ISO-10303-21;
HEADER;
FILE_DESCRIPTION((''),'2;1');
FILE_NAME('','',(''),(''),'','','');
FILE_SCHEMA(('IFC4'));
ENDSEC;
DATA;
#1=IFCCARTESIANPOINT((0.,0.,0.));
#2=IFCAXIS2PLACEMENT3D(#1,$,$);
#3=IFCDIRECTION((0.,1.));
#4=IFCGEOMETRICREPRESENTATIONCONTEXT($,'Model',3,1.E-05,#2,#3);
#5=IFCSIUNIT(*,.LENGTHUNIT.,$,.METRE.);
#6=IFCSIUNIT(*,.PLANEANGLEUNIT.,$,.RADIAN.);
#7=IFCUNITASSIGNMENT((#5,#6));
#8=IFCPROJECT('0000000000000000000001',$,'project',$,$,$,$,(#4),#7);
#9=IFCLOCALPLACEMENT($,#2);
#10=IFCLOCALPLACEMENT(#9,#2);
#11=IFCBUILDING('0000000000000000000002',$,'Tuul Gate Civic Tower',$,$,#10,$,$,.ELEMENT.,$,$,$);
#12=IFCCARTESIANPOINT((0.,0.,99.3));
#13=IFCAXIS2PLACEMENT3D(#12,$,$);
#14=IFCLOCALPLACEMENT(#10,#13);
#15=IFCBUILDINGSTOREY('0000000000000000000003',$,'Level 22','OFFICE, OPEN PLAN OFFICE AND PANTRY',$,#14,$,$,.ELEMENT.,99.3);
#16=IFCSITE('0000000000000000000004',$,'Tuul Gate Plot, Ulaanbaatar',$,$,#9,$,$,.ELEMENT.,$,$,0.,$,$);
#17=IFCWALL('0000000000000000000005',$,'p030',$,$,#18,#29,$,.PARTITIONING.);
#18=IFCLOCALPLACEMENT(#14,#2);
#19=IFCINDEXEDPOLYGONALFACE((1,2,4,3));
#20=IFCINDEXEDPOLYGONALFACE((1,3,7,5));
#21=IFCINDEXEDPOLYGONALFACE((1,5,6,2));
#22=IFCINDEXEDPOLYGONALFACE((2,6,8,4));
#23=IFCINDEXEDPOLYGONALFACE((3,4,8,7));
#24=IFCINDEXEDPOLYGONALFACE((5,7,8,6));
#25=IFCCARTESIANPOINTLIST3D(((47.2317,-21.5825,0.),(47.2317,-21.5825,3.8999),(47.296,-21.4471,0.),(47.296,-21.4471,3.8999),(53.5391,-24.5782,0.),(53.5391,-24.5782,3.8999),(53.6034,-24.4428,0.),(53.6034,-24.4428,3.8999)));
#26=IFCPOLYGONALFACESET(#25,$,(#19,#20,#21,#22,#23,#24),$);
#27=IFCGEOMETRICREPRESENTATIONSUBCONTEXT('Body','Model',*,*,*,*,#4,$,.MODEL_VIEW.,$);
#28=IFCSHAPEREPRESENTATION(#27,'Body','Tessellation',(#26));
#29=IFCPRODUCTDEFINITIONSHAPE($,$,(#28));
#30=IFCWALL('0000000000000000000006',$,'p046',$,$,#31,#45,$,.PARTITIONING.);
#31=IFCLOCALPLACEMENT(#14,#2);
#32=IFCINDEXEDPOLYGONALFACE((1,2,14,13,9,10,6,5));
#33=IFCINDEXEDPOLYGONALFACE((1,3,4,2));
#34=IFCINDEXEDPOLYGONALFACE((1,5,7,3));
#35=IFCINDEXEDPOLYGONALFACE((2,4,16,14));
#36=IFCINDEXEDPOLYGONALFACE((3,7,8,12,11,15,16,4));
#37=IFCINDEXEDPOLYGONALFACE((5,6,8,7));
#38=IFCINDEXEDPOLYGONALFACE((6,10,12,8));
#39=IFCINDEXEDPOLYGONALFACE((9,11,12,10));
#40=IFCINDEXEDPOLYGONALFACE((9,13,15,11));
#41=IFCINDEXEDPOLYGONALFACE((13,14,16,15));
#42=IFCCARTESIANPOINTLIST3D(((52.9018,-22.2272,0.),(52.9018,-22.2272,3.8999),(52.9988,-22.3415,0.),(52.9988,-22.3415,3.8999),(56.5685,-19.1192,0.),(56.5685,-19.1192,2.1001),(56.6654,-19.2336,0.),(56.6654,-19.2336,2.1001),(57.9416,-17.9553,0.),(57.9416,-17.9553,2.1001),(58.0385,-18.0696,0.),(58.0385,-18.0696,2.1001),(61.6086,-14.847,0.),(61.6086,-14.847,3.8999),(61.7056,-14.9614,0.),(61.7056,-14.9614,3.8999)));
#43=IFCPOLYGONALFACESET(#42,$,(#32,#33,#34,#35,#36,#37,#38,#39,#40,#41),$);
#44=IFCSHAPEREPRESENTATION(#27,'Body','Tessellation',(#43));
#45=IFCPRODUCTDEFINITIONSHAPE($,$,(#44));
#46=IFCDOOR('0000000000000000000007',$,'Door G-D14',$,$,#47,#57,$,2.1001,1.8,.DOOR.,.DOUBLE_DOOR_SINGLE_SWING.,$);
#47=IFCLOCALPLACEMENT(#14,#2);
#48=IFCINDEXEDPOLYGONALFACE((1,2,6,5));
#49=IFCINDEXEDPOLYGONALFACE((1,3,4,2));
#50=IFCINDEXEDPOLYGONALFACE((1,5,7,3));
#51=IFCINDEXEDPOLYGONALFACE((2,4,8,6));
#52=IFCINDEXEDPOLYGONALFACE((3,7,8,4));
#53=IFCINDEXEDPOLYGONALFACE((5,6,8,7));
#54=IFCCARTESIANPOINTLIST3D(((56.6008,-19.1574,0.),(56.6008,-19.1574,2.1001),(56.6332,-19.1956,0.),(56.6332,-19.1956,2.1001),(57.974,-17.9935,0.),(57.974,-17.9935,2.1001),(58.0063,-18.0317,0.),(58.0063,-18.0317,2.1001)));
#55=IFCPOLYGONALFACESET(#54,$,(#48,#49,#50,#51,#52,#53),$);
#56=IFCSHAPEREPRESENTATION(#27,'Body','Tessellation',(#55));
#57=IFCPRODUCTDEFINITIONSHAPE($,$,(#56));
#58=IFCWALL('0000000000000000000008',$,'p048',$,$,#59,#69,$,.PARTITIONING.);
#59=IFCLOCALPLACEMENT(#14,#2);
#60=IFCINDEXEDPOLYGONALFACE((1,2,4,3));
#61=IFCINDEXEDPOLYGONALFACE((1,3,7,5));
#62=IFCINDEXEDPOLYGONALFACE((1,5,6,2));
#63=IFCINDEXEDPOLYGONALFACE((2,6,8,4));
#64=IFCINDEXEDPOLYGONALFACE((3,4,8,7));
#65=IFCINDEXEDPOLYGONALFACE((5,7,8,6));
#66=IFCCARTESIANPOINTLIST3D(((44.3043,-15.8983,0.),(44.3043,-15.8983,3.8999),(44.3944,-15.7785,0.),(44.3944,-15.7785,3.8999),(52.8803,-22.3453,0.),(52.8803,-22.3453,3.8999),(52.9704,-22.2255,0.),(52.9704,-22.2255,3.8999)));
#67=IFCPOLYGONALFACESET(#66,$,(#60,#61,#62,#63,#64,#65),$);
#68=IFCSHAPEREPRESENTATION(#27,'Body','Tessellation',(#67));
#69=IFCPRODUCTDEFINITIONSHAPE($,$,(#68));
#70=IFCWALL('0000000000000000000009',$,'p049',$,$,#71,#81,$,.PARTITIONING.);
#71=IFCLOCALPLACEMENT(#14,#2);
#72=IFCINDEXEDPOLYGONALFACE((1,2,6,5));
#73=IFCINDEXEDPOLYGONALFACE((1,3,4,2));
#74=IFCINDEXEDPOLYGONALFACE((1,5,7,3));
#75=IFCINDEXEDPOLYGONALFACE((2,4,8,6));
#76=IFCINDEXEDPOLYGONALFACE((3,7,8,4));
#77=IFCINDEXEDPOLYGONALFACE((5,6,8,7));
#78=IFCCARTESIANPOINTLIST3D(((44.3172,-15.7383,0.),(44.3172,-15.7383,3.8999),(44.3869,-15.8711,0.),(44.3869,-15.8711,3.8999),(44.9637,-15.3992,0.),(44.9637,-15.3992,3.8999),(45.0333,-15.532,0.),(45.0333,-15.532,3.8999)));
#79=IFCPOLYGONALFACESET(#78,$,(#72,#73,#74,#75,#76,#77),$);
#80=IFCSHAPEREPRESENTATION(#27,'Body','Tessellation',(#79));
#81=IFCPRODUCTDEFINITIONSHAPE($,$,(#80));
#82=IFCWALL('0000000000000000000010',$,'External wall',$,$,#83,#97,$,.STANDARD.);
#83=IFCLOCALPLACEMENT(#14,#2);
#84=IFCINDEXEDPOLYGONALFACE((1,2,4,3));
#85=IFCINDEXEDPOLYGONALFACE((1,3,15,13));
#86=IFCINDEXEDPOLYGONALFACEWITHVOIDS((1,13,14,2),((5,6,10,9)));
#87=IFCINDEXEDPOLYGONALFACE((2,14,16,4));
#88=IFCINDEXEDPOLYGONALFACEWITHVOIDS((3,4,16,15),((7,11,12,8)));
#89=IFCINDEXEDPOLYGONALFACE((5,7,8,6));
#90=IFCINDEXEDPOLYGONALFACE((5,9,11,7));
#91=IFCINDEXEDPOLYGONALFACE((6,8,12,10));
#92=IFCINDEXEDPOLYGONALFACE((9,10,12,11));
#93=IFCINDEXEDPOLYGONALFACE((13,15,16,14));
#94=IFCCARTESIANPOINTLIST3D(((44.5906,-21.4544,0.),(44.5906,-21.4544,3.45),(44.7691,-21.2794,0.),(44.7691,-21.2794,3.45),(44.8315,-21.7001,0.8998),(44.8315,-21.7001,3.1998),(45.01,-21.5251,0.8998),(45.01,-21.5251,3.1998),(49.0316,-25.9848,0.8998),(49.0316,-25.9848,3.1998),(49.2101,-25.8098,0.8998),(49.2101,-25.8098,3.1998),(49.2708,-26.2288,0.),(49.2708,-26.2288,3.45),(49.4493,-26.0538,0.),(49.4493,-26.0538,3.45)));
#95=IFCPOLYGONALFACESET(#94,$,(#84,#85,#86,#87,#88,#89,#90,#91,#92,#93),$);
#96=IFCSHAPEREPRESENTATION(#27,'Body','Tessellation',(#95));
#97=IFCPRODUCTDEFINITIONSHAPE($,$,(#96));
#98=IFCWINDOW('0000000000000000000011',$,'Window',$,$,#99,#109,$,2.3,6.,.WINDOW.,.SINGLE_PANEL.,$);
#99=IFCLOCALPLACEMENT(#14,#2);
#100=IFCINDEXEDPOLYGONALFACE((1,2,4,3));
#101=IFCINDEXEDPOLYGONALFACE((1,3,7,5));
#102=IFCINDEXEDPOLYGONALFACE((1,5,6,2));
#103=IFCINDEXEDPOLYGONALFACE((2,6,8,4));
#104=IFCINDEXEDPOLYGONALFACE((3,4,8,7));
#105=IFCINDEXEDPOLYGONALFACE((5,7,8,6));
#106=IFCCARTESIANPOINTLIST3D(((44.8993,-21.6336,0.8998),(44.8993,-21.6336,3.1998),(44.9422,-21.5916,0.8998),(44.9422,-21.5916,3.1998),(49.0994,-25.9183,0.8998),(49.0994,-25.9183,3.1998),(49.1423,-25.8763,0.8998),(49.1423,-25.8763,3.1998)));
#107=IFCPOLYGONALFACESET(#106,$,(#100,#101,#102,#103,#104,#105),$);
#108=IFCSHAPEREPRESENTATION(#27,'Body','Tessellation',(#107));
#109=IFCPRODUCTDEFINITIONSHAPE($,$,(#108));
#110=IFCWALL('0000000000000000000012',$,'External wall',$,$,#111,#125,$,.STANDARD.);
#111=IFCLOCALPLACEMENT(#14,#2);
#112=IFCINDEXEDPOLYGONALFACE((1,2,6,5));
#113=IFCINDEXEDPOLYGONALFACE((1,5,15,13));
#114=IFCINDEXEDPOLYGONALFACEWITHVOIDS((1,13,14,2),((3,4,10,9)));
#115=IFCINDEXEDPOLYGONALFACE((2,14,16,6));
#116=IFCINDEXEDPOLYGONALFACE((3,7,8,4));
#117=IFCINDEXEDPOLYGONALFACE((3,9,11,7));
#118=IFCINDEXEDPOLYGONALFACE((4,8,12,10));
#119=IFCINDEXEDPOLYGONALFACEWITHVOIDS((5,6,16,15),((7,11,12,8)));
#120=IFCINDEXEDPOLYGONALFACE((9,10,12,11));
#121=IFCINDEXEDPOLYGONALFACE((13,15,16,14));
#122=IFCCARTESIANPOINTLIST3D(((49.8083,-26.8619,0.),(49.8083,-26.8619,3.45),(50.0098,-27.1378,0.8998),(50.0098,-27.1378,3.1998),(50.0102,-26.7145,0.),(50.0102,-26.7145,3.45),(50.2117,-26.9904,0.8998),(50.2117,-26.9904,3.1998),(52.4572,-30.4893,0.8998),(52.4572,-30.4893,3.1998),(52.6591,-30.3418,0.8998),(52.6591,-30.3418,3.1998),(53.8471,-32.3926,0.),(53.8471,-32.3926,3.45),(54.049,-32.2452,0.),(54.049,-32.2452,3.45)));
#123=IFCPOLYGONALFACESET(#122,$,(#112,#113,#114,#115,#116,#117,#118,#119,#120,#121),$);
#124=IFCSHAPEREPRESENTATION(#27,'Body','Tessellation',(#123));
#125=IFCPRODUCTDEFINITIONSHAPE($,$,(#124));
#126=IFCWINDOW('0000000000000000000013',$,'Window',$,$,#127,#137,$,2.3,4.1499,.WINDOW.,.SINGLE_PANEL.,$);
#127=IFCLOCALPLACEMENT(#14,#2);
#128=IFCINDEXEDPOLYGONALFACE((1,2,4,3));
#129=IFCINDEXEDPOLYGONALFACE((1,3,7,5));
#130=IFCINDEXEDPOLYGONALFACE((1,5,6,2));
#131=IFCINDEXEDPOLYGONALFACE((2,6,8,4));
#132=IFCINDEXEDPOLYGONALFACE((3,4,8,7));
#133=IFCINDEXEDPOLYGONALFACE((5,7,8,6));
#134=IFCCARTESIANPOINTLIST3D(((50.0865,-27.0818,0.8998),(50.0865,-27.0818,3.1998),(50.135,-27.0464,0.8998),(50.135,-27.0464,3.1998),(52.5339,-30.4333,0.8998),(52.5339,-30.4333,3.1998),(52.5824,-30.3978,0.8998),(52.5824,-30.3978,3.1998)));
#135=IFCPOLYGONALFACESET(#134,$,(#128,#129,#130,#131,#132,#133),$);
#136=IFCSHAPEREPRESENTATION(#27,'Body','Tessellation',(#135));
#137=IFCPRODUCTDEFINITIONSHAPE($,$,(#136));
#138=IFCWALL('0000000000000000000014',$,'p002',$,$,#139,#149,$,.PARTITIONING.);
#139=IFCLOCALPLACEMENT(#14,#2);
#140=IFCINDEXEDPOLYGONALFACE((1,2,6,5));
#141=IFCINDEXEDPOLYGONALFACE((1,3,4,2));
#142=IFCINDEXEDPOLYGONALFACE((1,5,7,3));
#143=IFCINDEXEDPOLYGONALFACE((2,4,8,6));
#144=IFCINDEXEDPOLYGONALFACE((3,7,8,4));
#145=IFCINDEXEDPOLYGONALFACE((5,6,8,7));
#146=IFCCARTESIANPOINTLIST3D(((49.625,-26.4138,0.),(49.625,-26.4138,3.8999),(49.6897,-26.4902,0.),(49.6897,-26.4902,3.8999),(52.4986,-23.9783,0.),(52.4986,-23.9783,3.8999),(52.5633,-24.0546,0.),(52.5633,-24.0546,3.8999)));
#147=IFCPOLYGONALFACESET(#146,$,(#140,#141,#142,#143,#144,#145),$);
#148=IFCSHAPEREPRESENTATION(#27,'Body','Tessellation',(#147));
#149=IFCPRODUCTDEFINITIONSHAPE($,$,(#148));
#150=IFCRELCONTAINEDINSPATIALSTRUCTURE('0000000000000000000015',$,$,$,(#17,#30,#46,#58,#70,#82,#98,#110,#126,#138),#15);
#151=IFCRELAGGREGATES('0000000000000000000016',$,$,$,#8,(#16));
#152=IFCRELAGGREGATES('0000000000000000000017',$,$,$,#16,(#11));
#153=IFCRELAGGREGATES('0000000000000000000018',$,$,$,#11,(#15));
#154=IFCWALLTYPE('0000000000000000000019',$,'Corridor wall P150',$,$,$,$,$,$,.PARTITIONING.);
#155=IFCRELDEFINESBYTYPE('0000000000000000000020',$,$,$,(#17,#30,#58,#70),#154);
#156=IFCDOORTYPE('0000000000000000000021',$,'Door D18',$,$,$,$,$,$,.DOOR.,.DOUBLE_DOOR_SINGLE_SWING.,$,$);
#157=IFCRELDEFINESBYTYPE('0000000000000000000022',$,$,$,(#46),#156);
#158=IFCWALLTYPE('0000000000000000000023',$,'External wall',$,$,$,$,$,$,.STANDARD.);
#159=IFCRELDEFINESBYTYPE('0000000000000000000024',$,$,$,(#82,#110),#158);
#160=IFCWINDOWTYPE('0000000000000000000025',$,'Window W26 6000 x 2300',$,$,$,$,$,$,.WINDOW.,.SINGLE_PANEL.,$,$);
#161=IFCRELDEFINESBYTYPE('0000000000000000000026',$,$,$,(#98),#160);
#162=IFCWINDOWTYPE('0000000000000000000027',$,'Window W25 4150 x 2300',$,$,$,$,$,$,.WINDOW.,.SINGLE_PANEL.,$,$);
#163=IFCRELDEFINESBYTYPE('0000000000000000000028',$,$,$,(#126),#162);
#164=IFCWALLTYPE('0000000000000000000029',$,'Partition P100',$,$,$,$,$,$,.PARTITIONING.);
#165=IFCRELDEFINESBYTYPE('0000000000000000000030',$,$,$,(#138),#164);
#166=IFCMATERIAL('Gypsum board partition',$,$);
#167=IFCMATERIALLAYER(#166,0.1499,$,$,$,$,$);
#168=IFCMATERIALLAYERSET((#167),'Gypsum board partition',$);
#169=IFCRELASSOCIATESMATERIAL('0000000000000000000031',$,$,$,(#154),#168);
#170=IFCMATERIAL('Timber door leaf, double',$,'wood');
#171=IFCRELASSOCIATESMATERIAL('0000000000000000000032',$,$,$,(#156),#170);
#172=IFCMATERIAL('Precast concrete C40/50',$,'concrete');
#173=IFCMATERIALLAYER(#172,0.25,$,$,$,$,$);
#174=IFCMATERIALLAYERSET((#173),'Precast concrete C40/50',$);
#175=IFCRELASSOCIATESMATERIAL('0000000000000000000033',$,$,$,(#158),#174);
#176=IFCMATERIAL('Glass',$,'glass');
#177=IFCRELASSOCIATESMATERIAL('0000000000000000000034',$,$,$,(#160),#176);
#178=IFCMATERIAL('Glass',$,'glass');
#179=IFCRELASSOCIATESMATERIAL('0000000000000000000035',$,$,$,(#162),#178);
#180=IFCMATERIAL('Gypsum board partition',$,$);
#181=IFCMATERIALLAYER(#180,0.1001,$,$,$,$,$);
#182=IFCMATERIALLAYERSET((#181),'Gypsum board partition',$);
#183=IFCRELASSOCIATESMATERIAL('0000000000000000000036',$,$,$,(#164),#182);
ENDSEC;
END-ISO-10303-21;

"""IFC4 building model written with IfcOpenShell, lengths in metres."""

from ifc_helpers import new_model, si_unit, direction, frame, frame_2d, origin, place, context, subcontext, project, spatial, rectangle, extrude, material, layer, layer_set, type_object, element, fill, save


model = new_model("IFC4")

# Units and contexts
model_context = context("Model", 3, precision=1e-05, world=origin(), true_north=direction((0.0, 1.0)))
body_context = subcontext(model_context, "Body", "Model", "MODEL_VIEW")
ifc_project = project(units=[si_unit("LENGTHUNIT", "METRE"), si_unit("PLANEANGLEUNIT", "RADIAN")], contexts=[model_context])

# Site, building, storey
site_placement = place(None, origin())
site = spatial("IfcSite", under=ifc_project, at=site_placement, Name="Tuul Gate Plot, Ulaanbaatar", CompositionType="ELEMENT", RefElevation=0.0)
building_placement = place(site_placement, origin())
building = spatial("IfcBuilding", under=site, at=building_placement, Name="Tuul Gate Civic Tower", CompositionType="ELEMENT")
storey_placement = place(building_placement, frame((0.0, 0.0, 99.3)))
storey = spatial("IfcBuildingStorey", under=building, at=storey_placement, Name="Level 22", Description="OFFICE, OPEN PLAN OFFICE AND PANTRY", CompositionType="ELEMENT", Elevation=99.3)

# Wall
ifc_material_1 = material(Name="Gypsum board partition")
ifc_layer_1 = layer(ifc_material_1, 0.1499)
ifc_layer_set_1 = layer_set([ifc_layer_1], Name="Gypsum board partition")
wall_type_1 = type_object("IfcWallType", Name="Corridor wall P150", PredefinedType="PARTITIONING", material=ifc_layer_set_1)
wall_1_placement = place(storey_placement, frame((47.2639, -21.5149, 0.0), z_axis=(0.0, 0.0, 1.0), x_axis=(0.9033, -0.42901, 0.0)))
element("IfcWall", 1, at=wall_1_placement, inside=storey, type_object=wall_type_1, Name="p030", PredefinedType="PARTITIONING", context=body_context, shape_type="SweptSolid", body=[
    extrude(rectangle(XDim=6.9827, YDim=0.1499, at=frame_2d((3.4912, 0.0))), origin(), (0.0, 0.0, 1.0), 3.8999),
])

# Wall, opening, door
wall_2_placement = place(storey_placement, frame((52.9502, -22.2844, 0.0), z_axis=(0.0, 0.0, 1.0), x_axis=(0.762831, 0.646598, 0.0)))
wall_2 = element("IfcWall", 2, at=wall_2_placement, inside=storey, type_object=wall_type_1, Name="p046", PredefinedType="PARTITIONING", context=body_context, shape_type="SweptSolid", body=[
    extrude(rectangle(XDim=11.4138, YDim=0.1499, at=frame_2d((5.707, 0.0))), origin(), (0.0, 0.0, 1.0), 3.8999),
])
opening_1_placement = place(wall_2_placement, frame((4.8069, 0.0, 0.0)))
opening_1 = element("IfcOpeningElement", 3, at=opening_1_placement, cuts=wall_2, PredefinedType="OPENING", context=body_context, shape_type="SweptSolid", body=[
    extrude(rectangle(XDim=1.8, YDim=2.1001, at=frame_2d((0.8999, 1.05))), frame((0.0, 0.085, 0.0), z_axis=(0.0, -1.0, 0.0), x_axis=(1.0, 0.0, 0.0)), (0.0, 0.0, 1.0), 0.1699),
])
ifc_material_2 = material(Name="Timber door leaf, double", Category="wood")
door_type_1 = type_object("IfcDoorType", Name="Door D18", OperationType="DOUBLE_DOOR_SINGLE_SWING", PredefinedType="DOOR", material=ifc_material_2)
door_1_placement = place(opening_1_placement, origin())
door_1 = element("IfcDoor", 4, at=door_1_placement, inside=storey, type_object=door_type_1, Name="Door G-D14", OperationType="DOUBLE_DOOR_SINGLE_SWING", OverallHeight=2.1001, OverallWidth=1.8, PredefinedType="DOOR", context=body_context, shape_type="SweptSolid", body=[
    extrude(rectangle(XDim=1.8, YDim=2.1001, at=frame_2d((0.8999, 1.05))), frame((0.0, 0.0249, 0.0), z_axis=(0.0, -1.0, 0.0), x_axis=(1.0, 0.0, 0.0)), (0.0, 0.0, 1.0), 0.05),
])
fill(opening_1, door_1)

# Walls
wall_3_placement = place(storey_placement, frame((44.3494, -15.8384, 0.0), z_axis=(0.0, 0.0, 1.0), x_axis=(0.799325, -0.600899, 0.0)))
element("IfcWall", 5, at=wall_3_placement, inside=storey, type_object=wall_type_1, Name="p048", PredefinedType="PARTITIONING", context=body_context, shape_type="SweptSolid", body=[
    extrude(rectangle(XDim=10.729, YDim=0.1499, at=frame_2d((5.3645, 0.0))), origin(), (0.0, 0.0, 1.0), 3.8999),
])
wall_4_placement = place(storey_placement, frame((44.3521, -15.8047, 0.0), z_axis=(0.0, 0.0, 1.0), x_axis=(0.885563, 0.464519, 0.0)))
element("IfcWall", 6, at=wall_4_placement, inside=storey, type_object=wall_type_1, Name="p049", PredefinedType="PARTITIONING", context=body_context, shape_type="SweptSolid", body=[
    extrude(rectangle(XDim=0.73, YDim=0.1499, at=frame_2d((0.365, 0.0))), origin(), (0.0, 0.0, 1.0), 3.8999),
])

# Walls, openings, windows
ifc_material_3 = material(Name="Precast concrete C40/50", Category="concrete")
ifc_layer_2 = layer(ifc_material_3, 0.25)
ifc_layer_set_2 = layer_set([ifc_layer_2], Name="Precast concrete C40/50")
wall_type_2 = type_object("IfcWallType", Name="External wall", PredefinedType="STANDARD", material=ifc_layer_set_2)
wall_5_placement = place(storey_placement, frame((44.6799, -21.3669, 0.0), z_axis=(0.0, 0.0, 1.0), x_axis=(0.700024, -0.714119, 0.0)))
wall_5 = element("IfcWall", 7, at=wall_5_placement, inside=storey, type_object=wall_type_2, Name="External wall", PredefinedType="STANDARD", context=body_context, shape_type="SweptSolid", body=[
    extrude(rectangle(XDim=6.6858, YDim=0.25, at=frame_2d((3.3428, 0.0))), origin(), (0.0, 0.0, 1.0), 3.45),
])
opening_2_placement = place(wall_5_placement, frame((0.344, 0.0, 0.8999)))
opening_2 = element("IfcOpeningElement", 8, at=opening_2_placement, cuts=wall_5, PredefinedType="OPENING", context=body_context, shape_type="SweptSolid", body=[
    extrude(rectangle(XDim=6.0, YDim=2.3, at=frame_2d((3.0, 1.1499))), frame((0.0, 0.135, 0.0), z_axis=(0.0, -1.0, 0.0), x_axis=(1.0, 0.0, 0.0)), (0.0, 0.0, 1.0), 0.27),
])
ifc_material_4 = material(Name="Glass", Category="glass")
window_type_1 = type_object("IfcWindowType", Name="Window W26 6000 x 2300", PartitioningType="SINGLE_PANEL", PredefinedType="WINDOW", material=ifc_material_4)
window_1_placement = place(opening_2_placement, origin())
window_1 = element("IfcWindow", 9, at=window_1_placement, inside=storey, type_object=window_type_1, Name="Window", OverallHeight=2.3, OverallWidth=6.0, PartitioningType="SINGLE_PANEL", PredefinedType="WINDOW", context=body_context, shape_type="SweptSolid", body=[
    extrude(rectangle(XDim=6.0, YDim=2.3, at=frame_2d((3.0, 1.1499))), frame((0.0, 0.03, 0.0), z_axis=(0.0, -1.0, 0.0), x_axis=(1.0, 0.0, 0.0)), (0.0, 0.0, 1.0), 0.0601),
])
fill(opening_2, window_1)
wall_6_placement = place(storey_placement, frame((49.9092, -26.7881, 0.0), z_axis=(0.0, 0.0, 1.0), x_axis=(0.589741, -0.807592, 0.0)))
wall_6 = element("IfcWall", 10, at=wall_6_placement, inside=storey, type_object=wall_type_2, Name="External wall", PredefinedType="STANDARD", context=body_context, shape_type="SweptSolid", body=[
    extrude(rectangle(XDim=6.8484, YDim=0.25, at=frame_2d((3.4243, 0.0))), origin(), (0.0, 0.0, 1.0), 3.45),
])
opening_3_placement = place(wall_6_placement, frame((0.3418, 0.0, 0.8999)))
opening_3 = element("IfcOpeningElement", 11, at=opening_3_placement, cuts=wall_6, PredefinedType="OPENING", context=body_context, shape_type="SweptSolid", body=[
    extrude(rectangle(XDim=4.1499, YDim=2.3, at=frame_2d((2.075, 1.1499))), frame((0.0, 0.135, 0.0), z_axis=(0.0, -1.0, 0.0), x_axis=(1.0, 0.0, 0.0)), (0.0, 0.0, 1.0), 0.27),
])
ifc_material_5 = material(Name="Glass", Category="glass")
window_type_2 = type_object("IfcWindowType", Name="Window W25 4150 x 2300", PartitioningType="SINGLE_PANEL", PredefinedType="WINDOW", material=ifc_material_5)
window_2_placement = place(opening_3_placement, origin())
window_2 = element("IfcWindow", 12, at=window_2_placement, inside=storey, type_object=window_type_2, Name="Window", OverallHeight=2.3, OverallWidth=4.1499, PartitioningType="SINGLE_PANEL", PredefinedType="WINDOW", context=body_context, shape_type="SweptSolid", body=[
    extrude(rectangle(XDim=4.1499, YDim=2.3, at=frame_2d((2.075, 1.1499))), frame((0.0, 0.03, 0.0), z_axis=(0.0, -1.0, 0.0), x_axis=(1.0, 0.0, 0.0)), (0.0, 0.0, 1.0), 0.0601),
])
fill(opening_3, window_2)

# Wall
ifc_material_6 = material(Name="Gypsum board partition")
ifc_layer_3 = layer(ifc_material_6, 0.1001)
ifc_layer_set_3 = layer_set([ifc_layer_3], Name="Gypsum board partition")
wall_type_3 = type_object("IfcWallType", Name="Partition P100", PredefinedType="PARTITIONING", material=ifc_layer_set_3)
wall_7_placement = place(storey_placement, frame((49.6575, -26.4519, 0.0), z_axis=(0.0, 0.0, 1.0), x_axis=(0.76285, 0.646575, 0.0)))
element("IfcWall", 13, at=wall_7_placement, inside=storey, type_object=wall_type_3, Name="p002", PredefinedType="PARTITIONING", context=body_context, shape_type="SweptSolid", body=[
    extrude(rectangle(XDim=3.7668, YDim=0.1001, at=frame_2d((1.8833, 0.0))), origin(), (0.0, 0.0, 1.0), 3.8999),
])

save(model, "model.ifc")
